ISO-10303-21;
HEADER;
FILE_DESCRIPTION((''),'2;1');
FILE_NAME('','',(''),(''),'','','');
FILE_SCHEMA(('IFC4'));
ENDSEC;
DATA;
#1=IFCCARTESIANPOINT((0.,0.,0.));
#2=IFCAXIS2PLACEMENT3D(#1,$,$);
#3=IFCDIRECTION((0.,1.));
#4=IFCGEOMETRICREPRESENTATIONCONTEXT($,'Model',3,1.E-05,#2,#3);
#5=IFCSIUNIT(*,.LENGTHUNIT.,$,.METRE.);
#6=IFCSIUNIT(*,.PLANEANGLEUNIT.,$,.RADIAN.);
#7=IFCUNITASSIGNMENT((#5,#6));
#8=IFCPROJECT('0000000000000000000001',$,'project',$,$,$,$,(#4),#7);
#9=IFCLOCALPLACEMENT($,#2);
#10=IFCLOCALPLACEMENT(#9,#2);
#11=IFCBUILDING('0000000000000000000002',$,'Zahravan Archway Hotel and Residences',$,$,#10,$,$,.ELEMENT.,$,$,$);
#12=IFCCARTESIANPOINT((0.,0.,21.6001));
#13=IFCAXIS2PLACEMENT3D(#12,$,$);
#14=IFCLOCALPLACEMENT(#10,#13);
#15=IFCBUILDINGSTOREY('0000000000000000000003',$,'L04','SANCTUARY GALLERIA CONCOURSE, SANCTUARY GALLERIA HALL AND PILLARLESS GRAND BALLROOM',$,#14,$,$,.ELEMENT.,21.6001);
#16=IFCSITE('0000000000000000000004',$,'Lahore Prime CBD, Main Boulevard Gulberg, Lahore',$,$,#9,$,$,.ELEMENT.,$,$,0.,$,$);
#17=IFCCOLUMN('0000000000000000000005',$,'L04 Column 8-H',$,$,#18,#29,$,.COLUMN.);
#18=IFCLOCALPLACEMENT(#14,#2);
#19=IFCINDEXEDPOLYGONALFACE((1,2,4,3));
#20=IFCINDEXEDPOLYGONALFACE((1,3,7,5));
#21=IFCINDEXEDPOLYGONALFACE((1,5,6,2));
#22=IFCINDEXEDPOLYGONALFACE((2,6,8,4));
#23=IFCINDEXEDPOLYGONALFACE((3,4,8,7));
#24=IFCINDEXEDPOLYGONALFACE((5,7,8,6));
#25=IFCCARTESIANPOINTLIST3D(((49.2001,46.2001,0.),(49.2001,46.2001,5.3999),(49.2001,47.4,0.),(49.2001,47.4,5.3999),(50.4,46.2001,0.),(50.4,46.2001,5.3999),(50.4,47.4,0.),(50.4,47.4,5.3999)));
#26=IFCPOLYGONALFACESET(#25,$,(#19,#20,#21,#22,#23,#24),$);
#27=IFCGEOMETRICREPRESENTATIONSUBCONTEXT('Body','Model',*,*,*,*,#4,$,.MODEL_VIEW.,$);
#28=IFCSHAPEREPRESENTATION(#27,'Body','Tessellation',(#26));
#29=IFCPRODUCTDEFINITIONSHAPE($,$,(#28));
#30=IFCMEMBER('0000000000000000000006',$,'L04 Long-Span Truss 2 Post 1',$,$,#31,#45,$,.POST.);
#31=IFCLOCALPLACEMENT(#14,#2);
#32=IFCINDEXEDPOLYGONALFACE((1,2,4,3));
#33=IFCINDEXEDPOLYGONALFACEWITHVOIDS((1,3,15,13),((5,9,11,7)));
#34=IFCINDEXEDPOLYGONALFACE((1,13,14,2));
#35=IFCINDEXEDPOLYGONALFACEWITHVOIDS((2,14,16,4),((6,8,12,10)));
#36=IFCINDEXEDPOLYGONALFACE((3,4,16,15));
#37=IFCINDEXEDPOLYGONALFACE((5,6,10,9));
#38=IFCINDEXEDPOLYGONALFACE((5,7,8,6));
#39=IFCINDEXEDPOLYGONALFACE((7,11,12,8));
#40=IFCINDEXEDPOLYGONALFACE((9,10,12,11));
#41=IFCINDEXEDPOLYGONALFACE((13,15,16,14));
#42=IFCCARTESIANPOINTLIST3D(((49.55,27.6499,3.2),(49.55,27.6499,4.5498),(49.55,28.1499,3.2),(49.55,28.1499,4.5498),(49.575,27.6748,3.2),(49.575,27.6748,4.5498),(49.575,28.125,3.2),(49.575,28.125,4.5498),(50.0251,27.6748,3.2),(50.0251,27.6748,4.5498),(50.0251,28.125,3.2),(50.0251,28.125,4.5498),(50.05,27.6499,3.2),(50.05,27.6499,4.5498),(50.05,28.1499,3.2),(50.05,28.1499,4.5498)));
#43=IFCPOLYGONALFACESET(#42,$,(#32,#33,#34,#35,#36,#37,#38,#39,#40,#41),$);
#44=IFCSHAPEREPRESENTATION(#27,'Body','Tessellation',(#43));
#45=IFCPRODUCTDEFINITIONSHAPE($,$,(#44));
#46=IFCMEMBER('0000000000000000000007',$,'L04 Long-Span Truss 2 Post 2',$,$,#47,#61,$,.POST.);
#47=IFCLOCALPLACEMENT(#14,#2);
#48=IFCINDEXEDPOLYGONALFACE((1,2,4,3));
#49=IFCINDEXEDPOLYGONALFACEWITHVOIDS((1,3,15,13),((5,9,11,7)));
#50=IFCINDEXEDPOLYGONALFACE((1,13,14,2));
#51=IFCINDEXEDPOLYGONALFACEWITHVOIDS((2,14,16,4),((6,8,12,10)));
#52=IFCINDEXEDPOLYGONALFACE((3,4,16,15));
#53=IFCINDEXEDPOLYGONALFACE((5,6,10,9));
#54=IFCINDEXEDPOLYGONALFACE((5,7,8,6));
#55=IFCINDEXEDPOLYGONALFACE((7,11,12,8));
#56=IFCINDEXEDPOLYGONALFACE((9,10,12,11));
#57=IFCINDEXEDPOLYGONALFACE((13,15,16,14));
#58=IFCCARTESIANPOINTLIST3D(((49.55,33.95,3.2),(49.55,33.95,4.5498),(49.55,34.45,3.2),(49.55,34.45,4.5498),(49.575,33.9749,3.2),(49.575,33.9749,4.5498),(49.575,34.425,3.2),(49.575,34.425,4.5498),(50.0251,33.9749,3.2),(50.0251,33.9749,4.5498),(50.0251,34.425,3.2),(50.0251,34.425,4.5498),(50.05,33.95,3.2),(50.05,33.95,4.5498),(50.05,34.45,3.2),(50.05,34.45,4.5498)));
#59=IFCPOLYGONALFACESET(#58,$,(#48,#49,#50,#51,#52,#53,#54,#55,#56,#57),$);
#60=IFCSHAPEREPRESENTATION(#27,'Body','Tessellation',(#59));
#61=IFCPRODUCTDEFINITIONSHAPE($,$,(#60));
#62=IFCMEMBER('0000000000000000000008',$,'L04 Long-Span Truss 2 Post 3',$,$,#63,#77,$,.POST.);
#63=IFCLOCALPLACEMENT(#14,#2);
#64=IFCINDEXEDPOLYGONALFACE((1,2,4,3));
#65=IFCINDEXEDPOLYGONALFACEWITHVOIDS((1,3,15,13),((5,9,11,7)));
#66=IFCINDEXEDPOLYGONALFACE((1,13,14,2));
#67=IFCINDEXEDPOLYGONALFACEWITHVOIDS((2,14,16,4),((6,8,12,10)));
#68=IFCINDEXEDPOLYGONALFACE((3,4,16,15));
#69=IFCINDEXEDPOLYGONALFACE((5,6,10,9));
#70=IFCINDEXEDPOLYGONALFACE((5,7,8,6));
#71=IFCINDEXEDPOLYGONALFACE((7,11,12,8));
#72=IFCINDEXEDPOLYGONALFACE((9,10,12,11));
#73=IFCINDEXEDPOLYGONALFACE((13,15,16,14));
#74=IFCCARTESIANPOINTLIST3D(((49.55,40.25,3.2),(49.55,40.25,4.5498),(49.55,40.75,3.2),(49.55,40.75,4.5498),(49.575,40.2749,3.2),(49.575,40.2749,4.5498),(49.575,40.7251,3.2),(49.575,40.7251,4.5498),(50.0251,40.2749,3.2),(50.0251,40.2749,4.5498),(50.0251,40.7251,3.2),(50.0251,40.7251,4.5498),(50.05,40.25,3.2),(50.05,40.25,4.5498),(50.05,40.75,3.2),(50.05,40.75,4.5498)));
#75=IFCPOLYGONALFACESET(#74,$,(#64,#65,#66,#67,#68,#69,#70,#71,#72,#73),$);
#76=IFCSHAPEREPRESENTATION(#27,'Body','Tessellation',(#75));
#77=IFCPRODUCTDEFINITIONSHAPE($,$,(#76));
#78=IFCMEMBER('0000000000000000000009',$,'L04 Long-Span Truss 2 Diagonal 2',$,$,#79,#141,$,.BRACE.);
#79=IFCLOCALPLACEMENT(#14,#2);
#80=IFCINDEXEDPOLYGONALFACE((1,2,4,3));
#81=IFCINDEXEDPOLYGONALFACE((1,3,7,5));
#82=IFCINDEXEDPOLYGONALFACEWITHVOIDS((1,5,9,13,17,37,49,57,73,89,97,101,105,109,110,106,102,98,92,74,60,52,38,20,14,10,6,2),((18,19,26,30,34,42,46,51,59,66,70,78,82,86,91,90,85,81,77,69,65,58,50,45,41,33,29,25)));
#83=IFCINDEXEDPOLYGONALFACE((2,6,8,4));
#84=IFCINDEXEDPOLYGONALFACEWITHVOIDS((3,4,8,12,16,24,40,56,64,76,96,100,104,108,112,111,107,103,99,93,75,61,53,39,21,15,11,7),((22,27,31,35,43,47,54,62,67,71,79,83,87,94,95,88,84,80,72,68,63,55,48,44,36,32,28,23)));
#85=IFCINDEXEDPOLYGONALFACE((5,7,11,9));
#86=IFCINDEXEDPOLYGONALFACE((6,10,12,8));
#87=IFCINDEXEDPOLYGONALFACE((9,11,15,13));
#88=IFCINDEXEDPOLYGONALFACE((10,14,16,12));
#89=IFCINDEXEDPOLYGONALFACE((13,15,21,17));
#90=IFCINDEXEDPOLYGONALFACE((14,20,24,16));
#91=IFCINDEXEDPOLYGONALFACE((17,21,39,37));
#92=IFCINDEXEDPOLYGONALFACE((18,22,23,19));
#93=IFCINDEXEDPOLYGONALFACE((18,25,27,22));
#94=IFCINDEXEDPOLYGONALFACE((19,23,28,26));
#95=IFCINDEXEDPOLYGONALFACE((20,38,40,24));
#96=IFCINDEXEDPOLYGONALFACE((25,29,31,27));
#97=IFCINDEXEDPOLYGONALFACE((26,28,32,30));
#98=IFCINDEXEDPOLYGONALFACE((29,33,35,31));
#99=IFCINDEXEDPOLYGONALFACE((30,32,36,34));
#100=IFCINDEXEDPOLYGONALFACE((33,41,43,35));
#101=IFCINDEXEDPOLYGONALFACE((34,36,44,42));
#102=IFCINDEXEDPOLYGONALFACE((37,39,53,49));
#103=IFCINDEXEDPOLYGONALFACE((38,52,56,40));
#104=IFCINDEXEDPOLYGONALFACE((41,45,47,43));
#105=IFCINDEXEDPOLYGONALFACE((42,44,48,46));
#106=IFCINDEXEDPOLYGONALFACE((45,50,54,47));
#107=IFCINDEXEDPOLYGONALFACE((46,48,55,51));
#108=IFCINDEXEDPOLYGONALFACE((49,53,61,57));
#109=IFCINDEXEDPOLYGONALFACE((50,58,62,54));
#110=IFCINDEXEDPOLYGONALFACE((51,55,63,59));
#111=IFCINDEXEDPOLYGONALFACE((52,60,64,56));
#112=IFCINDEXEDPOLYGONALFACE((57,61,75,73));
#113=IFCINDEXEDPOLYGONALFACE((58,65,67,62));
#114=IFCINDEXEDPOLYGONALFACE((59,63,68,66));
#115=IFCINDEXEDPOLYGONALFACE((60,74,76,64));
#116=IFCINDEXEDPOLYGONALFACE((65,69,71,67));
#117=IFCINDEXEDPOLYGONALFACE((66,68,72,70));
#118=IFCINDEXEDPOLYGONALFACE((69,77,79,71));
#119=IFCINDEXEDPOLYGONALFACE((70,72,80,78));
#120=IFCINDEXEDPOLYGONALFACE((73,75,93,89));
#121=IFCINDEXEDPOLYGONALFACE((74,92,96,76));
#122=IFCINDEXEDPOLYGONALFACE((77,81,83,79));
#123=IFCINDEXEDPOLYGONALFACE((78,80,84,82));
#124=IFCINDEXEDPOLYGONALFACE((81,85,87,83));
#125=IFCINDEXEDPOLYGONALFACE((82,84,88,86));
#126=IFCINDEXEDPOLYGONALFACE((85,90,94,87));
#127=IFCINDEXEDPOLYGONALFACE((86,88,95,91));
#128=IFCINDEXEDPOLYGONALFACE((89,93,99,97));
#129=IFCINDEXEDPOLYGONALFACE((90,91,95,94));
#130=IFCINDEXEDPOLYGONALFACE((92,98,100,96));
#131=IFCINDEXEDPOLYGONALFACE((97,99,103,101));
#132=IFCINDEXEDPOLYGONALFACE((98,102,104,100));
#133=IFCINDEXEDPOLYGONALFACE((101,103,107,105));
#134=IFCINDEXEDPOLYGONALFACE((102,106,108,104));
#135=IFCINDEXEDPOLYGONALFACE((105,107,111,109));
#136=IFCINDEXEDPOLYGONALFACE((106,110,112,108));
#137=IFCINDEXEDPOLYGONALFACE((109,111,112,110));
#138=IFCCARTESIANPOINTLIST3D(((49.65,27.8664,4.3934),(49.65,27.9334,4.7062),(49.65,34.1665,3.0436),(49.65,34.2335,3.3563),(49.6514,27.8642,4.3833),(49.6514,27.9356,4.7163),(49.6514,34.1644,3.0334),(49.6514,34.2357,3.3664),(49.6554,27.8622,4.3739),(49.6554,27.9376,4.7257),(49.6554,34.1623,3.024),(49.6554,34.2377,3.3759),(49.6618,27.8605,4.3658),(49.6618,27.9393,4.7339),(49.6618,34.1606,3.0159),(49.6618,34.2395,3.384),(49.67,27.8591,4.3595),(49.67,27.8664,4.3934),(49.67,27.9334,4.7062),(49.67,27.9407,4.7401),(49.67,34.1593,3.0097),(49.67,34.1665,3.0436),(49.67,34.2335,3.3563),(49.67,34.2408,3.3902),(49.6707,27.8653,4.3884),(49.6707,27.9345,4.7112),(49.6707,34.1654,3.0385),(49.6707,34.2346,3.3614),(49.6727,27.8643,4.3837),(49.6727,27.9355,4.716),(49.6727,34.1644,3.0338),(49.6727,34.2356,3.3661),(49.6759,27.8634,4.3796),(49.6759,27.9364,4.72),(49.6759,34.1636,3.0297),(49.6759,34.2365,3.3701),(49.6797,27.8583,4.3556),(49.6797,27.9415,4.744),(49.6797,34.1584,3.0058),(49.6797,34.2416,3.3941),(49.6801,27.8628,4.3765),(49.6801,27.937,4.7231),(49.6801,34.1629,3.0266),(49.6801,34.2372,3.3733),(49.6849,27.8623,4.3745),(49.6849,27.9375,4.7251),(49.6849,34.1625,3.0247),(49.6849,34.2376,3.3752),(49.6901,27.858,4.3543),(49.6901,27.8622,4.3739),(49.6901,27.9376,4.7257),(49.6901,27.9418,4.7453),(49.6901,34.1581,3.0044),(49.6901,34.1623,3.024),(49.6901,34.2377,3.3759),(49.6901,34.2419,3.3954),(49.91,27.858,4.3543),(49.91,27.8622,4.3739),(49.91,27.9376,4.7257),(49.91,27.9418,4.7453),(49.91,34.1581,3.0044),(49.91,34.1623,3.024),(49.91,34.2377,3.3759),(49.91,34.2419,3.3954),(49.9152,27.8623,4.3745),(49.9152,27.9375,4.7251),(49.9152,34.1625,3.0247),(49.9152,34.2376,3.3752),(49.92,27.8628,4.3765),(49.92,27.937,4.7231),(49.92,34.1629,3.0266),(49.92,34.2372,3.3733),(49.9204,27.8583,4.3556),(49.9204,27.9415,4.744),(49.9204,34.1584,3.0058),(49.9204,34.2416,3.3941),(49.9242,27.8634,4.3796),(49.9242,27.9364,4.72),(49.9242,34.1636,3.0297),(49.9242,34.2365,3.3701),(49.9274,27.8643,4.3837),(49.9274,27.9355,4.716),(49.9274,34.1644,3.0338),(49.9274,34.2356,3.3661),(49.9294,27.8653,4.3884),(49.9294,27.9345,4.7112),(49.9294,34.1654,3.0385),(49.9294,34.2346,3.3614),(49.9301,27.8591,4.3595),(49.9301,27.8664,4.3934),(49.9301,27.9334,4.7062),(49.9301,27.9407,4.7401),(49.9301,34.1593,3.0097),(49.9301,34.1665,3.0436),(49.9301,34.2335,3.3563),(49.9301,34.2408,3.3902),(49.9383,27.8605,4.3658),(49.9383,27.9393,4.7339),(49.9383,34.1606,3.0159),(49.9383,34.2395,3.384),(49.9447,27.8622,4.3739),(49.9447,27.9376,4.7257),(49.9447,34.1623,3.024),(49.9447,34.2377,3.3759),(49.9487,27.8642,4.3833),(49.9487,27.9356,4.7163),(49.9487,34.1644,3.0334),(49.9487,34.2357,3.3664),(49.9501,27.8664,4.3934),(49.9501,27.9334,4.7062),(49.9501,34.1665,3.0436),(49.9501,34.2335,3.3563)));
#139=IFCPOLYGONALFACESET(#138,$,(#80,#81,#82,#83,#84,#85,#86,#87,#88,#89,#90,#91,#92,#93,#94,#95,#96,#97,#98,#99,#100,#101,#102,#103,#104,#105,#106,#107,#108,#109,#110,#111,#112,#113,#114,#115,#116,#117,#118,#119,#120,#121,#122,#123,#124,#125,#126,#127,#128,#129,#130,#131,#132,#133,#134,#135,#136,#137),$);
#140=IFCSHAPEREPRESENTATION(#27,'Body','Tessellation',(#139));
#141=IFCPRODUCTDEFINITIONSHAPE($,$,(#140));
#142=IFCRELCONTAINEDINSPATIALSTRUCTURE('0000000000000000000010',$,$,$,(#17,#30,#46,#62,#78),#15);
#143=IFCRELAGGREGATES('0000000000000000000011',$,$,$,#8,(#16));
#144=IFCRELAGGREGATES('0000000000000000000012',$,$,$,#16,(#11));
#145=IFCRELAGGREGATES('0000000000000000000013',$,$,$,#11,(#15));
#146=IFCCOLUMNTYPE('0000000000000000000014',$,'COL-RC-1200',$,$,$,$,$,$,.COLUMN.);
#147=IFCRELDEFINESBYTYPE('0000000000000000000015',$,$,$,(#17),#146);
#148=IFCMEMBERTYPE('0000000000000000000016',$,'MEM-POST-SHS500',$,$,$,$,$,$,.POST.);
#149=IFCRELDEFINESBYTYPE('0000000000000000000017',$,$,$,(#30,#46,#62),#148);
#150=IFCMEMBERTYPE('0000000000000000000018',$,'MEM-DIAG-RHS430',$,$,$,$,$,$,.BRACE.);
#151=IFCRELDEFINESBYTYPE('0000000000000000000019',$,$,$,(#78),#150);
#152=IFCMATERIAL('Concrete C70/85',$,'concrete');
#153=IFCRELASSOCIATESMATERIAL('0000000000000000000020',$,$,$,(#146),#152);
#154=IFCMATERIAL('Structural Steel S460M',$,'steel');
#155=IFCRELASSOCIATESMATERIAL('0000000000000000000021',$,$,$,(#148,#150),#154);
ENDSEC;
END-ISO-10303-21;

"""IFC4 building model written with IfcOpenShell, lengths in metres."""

from ifc_helpers import new_model, si_unit, direction, frame, origin, origin_2d, place, context, subcontext, project, spatial, rectangle, hollow_rectangle, extrude, source, transform, mapped, material, material_profile, profile_set, type_object, element, save


model = new_model("IFC4")

# Units and contexts
model_context = context("Model", 3, precision=1e-05, world=origin(), true_north=direction((0.0, 1.0)))
body_context = subcontext(model_context, "Body", "Model", "MODEL_VIEW")
ifc_project = project(units=[si_unit("LENGTHUNIT", "METRE"), si_unit("PLANEANGLEUNIT", "RADIAN")], contexts=[model_context])

# Site, building, storey
site_placement = place(None, origin())
site = spatial("IfcSite", under=ifc_project, at=site_placement, Name="Lahore Prime CBD, Main Boulevard Gulberg, Lahore", CompositionType="ELEMENT", RefElevation=0.0)
building_placement = place(site_placement, origin())
building = spatial("IfcBuilding", under=site, at=building_placement, Name="Zahravan Archway Hotel and Residences", CompositionType="ELEMENT")
storey_placement = place(building_placement, frame((0.0, 0.0, 21.6001)))
storey = spatial("IfcBuildingStorey", under=building, at=storey_placement, Name="L04", Description="SANCTUARY GALLERIA CONCOURSE, SANCTUARY GALLERIA HALL AND PILLARLESS GRAND BALLROOM", CompositionType="ELEMENT", Elevation=21.6001)

# Column
ifc_material_1 = material(Name="Concrete C70/85", Category="concrete")
ifc_material_profile_1 = material_profile(ifc_material_1, rectangle(XDim=1.2, YDim=1.2, at=origin_2d()), Name="RC-COL-1200x1200", Category="concrete")
ifc_profile_set_1 = profile_set([ifc_material_profile_1], Name="Concrete C70/85")
column_type = type_object("IfcColumnType", Name="COL-RC-1200", PredefinedType="COLUMN", material=ifc_profile_set_1)
shared_shape_1 = source(origin(), body_context, "Body", "SweptSolid", [
    extrude(rectangle(XDim=1.2, YDim=1.2, at=origin_2d()), origin(), (0.0, 0.0, 1.0), 5.3999),
])
column_placement = place(storey_placement, frame((49.8, 46.8, 0.0), z_axis=(0.0, 0.0, 1.0), x_axis=(1.0, 0.0, 0.0)))
element("IfcColumn", 1, at=column_placement, inside=storey, type_object=column_type, Name="L04 Column 8-H", PredefinedType="COLUMN", context=body_context, shape_type="MappedRepresentation", body=[
    mapped(shared_shape_1, transform((0.0, 0.0, 0.0), scale=1.0)),
])

# Members
ifc_material_2 = material(Name="Structural Steel S460M", Category="steel")
ifc_material_profile_2 = material_profile(ifc_material_2, hollow_rectangle(XDim=0.5, YDim=0.5, WallThickness=0.0249, at=origin_2d()), Name="SHS 500x500x25", Category="steel")
ifc_profile_set_2 = profile_set([ifc_material_profile_2], Name="Structural Steel S460M")
member_type_1 = type_object("IfcMemberType", Name="MEM-POST-SHS500", PredefinedType="POST", material=ifc_profile_set_2)
shared_shape_2 = source(origin(), body_context, "Body", "SweptSolid", [
    extrude(hollow_rectangle(XDim=0.5, YDim=0.5, WallThickness=0.0249, at=origin_2d()), origin(), (0.0, 0.0, 1.0), 1.3499),
])
for number, where, z_axis, x_axis, name in (
    (2, (49.8, 27.8999, 3.2), (0.0, 0.0, 1.0), (1.0, 0.0, 0.0), "L04 Long-Span Truss 2 Post 1"),
    (3, (49.8, 34.2, 3.2), (0.0, 0.0, 1.0), (1.0, 0.0, 0.0), "L04 Long-Span Truss 2 Post 2"),
    (4, (49.8, 40.5, 3.2), (0.0, 0.0, 1.0), (1.0, 0.0, 0.0), "L04 Long-Span Truss 2 Post 3"),
):
    element("IfcMember", number, at=place(storey_placement, frame(where, z_axis=z_axis, x_axis=x_axis)), inside=storey, type_object=member_type_1, Name=name, PredefinedType="POST", context=body_context, shape_type="MappedRepresentation", body=[
        mapped(shared_shape_2, transform((0.0, 0.0, 0.0), scale=1.0)),
    ])
ifc_material_profile_3 = material_profile(ifc_material_2, hollow_rectangle(XDim=0.3, YDim=0.3999, WallThickness=0.02, InnerFilletRadius=0.02, OuterFilletRadius=0.04, at=origin_2d()), Name="RHS 400x300x20", Category="steel")
ifc_profile_set_3 = profile_set([ifc_material_profile_3], Name="Structural Steel S460M")
member_type_2 = type_object("IfcMemberType", Name="MEM-DIAG-RHS430", PredefinedType="BRACE", material=ifc_profile_set_3)
shared_shape_3 = source(origin(), body_context, "Body", "SweptSolid", [
    extrude(hollow_rectangle(XDim=0.3, YDim=0.3999, WallThickness=0.02, InnerFilletRadius=0.02, OuterFilletRadius=0.04, at=origin_2d()), origin(), (0.0, 0.0, 1.0), 6.4431),
])
for number, where, z_axis, x_axis, name in (
    (5, (49.8, 27.8999, 4.5498), (0.0, 0.977807, -0.209506), (-1.0, 0.0, 0.0), "L04 Long-Span Truss 2 Diagonal 2"),
):
    element("IfcMember", number, at=place(storey_placement, frame(where, z_axis=z_axis, x_axis=x_axis)), inside=storey, type_object=member_type_2, Name=name, PredefinedType="BRACE", context=body_context, shape_type="MappedRepresentation", body=[
        mapped(shared_shape_3, transform((0.0, 0.0, 0.0), scale=1.0)),
    ])

save(model, "model.ifc")
